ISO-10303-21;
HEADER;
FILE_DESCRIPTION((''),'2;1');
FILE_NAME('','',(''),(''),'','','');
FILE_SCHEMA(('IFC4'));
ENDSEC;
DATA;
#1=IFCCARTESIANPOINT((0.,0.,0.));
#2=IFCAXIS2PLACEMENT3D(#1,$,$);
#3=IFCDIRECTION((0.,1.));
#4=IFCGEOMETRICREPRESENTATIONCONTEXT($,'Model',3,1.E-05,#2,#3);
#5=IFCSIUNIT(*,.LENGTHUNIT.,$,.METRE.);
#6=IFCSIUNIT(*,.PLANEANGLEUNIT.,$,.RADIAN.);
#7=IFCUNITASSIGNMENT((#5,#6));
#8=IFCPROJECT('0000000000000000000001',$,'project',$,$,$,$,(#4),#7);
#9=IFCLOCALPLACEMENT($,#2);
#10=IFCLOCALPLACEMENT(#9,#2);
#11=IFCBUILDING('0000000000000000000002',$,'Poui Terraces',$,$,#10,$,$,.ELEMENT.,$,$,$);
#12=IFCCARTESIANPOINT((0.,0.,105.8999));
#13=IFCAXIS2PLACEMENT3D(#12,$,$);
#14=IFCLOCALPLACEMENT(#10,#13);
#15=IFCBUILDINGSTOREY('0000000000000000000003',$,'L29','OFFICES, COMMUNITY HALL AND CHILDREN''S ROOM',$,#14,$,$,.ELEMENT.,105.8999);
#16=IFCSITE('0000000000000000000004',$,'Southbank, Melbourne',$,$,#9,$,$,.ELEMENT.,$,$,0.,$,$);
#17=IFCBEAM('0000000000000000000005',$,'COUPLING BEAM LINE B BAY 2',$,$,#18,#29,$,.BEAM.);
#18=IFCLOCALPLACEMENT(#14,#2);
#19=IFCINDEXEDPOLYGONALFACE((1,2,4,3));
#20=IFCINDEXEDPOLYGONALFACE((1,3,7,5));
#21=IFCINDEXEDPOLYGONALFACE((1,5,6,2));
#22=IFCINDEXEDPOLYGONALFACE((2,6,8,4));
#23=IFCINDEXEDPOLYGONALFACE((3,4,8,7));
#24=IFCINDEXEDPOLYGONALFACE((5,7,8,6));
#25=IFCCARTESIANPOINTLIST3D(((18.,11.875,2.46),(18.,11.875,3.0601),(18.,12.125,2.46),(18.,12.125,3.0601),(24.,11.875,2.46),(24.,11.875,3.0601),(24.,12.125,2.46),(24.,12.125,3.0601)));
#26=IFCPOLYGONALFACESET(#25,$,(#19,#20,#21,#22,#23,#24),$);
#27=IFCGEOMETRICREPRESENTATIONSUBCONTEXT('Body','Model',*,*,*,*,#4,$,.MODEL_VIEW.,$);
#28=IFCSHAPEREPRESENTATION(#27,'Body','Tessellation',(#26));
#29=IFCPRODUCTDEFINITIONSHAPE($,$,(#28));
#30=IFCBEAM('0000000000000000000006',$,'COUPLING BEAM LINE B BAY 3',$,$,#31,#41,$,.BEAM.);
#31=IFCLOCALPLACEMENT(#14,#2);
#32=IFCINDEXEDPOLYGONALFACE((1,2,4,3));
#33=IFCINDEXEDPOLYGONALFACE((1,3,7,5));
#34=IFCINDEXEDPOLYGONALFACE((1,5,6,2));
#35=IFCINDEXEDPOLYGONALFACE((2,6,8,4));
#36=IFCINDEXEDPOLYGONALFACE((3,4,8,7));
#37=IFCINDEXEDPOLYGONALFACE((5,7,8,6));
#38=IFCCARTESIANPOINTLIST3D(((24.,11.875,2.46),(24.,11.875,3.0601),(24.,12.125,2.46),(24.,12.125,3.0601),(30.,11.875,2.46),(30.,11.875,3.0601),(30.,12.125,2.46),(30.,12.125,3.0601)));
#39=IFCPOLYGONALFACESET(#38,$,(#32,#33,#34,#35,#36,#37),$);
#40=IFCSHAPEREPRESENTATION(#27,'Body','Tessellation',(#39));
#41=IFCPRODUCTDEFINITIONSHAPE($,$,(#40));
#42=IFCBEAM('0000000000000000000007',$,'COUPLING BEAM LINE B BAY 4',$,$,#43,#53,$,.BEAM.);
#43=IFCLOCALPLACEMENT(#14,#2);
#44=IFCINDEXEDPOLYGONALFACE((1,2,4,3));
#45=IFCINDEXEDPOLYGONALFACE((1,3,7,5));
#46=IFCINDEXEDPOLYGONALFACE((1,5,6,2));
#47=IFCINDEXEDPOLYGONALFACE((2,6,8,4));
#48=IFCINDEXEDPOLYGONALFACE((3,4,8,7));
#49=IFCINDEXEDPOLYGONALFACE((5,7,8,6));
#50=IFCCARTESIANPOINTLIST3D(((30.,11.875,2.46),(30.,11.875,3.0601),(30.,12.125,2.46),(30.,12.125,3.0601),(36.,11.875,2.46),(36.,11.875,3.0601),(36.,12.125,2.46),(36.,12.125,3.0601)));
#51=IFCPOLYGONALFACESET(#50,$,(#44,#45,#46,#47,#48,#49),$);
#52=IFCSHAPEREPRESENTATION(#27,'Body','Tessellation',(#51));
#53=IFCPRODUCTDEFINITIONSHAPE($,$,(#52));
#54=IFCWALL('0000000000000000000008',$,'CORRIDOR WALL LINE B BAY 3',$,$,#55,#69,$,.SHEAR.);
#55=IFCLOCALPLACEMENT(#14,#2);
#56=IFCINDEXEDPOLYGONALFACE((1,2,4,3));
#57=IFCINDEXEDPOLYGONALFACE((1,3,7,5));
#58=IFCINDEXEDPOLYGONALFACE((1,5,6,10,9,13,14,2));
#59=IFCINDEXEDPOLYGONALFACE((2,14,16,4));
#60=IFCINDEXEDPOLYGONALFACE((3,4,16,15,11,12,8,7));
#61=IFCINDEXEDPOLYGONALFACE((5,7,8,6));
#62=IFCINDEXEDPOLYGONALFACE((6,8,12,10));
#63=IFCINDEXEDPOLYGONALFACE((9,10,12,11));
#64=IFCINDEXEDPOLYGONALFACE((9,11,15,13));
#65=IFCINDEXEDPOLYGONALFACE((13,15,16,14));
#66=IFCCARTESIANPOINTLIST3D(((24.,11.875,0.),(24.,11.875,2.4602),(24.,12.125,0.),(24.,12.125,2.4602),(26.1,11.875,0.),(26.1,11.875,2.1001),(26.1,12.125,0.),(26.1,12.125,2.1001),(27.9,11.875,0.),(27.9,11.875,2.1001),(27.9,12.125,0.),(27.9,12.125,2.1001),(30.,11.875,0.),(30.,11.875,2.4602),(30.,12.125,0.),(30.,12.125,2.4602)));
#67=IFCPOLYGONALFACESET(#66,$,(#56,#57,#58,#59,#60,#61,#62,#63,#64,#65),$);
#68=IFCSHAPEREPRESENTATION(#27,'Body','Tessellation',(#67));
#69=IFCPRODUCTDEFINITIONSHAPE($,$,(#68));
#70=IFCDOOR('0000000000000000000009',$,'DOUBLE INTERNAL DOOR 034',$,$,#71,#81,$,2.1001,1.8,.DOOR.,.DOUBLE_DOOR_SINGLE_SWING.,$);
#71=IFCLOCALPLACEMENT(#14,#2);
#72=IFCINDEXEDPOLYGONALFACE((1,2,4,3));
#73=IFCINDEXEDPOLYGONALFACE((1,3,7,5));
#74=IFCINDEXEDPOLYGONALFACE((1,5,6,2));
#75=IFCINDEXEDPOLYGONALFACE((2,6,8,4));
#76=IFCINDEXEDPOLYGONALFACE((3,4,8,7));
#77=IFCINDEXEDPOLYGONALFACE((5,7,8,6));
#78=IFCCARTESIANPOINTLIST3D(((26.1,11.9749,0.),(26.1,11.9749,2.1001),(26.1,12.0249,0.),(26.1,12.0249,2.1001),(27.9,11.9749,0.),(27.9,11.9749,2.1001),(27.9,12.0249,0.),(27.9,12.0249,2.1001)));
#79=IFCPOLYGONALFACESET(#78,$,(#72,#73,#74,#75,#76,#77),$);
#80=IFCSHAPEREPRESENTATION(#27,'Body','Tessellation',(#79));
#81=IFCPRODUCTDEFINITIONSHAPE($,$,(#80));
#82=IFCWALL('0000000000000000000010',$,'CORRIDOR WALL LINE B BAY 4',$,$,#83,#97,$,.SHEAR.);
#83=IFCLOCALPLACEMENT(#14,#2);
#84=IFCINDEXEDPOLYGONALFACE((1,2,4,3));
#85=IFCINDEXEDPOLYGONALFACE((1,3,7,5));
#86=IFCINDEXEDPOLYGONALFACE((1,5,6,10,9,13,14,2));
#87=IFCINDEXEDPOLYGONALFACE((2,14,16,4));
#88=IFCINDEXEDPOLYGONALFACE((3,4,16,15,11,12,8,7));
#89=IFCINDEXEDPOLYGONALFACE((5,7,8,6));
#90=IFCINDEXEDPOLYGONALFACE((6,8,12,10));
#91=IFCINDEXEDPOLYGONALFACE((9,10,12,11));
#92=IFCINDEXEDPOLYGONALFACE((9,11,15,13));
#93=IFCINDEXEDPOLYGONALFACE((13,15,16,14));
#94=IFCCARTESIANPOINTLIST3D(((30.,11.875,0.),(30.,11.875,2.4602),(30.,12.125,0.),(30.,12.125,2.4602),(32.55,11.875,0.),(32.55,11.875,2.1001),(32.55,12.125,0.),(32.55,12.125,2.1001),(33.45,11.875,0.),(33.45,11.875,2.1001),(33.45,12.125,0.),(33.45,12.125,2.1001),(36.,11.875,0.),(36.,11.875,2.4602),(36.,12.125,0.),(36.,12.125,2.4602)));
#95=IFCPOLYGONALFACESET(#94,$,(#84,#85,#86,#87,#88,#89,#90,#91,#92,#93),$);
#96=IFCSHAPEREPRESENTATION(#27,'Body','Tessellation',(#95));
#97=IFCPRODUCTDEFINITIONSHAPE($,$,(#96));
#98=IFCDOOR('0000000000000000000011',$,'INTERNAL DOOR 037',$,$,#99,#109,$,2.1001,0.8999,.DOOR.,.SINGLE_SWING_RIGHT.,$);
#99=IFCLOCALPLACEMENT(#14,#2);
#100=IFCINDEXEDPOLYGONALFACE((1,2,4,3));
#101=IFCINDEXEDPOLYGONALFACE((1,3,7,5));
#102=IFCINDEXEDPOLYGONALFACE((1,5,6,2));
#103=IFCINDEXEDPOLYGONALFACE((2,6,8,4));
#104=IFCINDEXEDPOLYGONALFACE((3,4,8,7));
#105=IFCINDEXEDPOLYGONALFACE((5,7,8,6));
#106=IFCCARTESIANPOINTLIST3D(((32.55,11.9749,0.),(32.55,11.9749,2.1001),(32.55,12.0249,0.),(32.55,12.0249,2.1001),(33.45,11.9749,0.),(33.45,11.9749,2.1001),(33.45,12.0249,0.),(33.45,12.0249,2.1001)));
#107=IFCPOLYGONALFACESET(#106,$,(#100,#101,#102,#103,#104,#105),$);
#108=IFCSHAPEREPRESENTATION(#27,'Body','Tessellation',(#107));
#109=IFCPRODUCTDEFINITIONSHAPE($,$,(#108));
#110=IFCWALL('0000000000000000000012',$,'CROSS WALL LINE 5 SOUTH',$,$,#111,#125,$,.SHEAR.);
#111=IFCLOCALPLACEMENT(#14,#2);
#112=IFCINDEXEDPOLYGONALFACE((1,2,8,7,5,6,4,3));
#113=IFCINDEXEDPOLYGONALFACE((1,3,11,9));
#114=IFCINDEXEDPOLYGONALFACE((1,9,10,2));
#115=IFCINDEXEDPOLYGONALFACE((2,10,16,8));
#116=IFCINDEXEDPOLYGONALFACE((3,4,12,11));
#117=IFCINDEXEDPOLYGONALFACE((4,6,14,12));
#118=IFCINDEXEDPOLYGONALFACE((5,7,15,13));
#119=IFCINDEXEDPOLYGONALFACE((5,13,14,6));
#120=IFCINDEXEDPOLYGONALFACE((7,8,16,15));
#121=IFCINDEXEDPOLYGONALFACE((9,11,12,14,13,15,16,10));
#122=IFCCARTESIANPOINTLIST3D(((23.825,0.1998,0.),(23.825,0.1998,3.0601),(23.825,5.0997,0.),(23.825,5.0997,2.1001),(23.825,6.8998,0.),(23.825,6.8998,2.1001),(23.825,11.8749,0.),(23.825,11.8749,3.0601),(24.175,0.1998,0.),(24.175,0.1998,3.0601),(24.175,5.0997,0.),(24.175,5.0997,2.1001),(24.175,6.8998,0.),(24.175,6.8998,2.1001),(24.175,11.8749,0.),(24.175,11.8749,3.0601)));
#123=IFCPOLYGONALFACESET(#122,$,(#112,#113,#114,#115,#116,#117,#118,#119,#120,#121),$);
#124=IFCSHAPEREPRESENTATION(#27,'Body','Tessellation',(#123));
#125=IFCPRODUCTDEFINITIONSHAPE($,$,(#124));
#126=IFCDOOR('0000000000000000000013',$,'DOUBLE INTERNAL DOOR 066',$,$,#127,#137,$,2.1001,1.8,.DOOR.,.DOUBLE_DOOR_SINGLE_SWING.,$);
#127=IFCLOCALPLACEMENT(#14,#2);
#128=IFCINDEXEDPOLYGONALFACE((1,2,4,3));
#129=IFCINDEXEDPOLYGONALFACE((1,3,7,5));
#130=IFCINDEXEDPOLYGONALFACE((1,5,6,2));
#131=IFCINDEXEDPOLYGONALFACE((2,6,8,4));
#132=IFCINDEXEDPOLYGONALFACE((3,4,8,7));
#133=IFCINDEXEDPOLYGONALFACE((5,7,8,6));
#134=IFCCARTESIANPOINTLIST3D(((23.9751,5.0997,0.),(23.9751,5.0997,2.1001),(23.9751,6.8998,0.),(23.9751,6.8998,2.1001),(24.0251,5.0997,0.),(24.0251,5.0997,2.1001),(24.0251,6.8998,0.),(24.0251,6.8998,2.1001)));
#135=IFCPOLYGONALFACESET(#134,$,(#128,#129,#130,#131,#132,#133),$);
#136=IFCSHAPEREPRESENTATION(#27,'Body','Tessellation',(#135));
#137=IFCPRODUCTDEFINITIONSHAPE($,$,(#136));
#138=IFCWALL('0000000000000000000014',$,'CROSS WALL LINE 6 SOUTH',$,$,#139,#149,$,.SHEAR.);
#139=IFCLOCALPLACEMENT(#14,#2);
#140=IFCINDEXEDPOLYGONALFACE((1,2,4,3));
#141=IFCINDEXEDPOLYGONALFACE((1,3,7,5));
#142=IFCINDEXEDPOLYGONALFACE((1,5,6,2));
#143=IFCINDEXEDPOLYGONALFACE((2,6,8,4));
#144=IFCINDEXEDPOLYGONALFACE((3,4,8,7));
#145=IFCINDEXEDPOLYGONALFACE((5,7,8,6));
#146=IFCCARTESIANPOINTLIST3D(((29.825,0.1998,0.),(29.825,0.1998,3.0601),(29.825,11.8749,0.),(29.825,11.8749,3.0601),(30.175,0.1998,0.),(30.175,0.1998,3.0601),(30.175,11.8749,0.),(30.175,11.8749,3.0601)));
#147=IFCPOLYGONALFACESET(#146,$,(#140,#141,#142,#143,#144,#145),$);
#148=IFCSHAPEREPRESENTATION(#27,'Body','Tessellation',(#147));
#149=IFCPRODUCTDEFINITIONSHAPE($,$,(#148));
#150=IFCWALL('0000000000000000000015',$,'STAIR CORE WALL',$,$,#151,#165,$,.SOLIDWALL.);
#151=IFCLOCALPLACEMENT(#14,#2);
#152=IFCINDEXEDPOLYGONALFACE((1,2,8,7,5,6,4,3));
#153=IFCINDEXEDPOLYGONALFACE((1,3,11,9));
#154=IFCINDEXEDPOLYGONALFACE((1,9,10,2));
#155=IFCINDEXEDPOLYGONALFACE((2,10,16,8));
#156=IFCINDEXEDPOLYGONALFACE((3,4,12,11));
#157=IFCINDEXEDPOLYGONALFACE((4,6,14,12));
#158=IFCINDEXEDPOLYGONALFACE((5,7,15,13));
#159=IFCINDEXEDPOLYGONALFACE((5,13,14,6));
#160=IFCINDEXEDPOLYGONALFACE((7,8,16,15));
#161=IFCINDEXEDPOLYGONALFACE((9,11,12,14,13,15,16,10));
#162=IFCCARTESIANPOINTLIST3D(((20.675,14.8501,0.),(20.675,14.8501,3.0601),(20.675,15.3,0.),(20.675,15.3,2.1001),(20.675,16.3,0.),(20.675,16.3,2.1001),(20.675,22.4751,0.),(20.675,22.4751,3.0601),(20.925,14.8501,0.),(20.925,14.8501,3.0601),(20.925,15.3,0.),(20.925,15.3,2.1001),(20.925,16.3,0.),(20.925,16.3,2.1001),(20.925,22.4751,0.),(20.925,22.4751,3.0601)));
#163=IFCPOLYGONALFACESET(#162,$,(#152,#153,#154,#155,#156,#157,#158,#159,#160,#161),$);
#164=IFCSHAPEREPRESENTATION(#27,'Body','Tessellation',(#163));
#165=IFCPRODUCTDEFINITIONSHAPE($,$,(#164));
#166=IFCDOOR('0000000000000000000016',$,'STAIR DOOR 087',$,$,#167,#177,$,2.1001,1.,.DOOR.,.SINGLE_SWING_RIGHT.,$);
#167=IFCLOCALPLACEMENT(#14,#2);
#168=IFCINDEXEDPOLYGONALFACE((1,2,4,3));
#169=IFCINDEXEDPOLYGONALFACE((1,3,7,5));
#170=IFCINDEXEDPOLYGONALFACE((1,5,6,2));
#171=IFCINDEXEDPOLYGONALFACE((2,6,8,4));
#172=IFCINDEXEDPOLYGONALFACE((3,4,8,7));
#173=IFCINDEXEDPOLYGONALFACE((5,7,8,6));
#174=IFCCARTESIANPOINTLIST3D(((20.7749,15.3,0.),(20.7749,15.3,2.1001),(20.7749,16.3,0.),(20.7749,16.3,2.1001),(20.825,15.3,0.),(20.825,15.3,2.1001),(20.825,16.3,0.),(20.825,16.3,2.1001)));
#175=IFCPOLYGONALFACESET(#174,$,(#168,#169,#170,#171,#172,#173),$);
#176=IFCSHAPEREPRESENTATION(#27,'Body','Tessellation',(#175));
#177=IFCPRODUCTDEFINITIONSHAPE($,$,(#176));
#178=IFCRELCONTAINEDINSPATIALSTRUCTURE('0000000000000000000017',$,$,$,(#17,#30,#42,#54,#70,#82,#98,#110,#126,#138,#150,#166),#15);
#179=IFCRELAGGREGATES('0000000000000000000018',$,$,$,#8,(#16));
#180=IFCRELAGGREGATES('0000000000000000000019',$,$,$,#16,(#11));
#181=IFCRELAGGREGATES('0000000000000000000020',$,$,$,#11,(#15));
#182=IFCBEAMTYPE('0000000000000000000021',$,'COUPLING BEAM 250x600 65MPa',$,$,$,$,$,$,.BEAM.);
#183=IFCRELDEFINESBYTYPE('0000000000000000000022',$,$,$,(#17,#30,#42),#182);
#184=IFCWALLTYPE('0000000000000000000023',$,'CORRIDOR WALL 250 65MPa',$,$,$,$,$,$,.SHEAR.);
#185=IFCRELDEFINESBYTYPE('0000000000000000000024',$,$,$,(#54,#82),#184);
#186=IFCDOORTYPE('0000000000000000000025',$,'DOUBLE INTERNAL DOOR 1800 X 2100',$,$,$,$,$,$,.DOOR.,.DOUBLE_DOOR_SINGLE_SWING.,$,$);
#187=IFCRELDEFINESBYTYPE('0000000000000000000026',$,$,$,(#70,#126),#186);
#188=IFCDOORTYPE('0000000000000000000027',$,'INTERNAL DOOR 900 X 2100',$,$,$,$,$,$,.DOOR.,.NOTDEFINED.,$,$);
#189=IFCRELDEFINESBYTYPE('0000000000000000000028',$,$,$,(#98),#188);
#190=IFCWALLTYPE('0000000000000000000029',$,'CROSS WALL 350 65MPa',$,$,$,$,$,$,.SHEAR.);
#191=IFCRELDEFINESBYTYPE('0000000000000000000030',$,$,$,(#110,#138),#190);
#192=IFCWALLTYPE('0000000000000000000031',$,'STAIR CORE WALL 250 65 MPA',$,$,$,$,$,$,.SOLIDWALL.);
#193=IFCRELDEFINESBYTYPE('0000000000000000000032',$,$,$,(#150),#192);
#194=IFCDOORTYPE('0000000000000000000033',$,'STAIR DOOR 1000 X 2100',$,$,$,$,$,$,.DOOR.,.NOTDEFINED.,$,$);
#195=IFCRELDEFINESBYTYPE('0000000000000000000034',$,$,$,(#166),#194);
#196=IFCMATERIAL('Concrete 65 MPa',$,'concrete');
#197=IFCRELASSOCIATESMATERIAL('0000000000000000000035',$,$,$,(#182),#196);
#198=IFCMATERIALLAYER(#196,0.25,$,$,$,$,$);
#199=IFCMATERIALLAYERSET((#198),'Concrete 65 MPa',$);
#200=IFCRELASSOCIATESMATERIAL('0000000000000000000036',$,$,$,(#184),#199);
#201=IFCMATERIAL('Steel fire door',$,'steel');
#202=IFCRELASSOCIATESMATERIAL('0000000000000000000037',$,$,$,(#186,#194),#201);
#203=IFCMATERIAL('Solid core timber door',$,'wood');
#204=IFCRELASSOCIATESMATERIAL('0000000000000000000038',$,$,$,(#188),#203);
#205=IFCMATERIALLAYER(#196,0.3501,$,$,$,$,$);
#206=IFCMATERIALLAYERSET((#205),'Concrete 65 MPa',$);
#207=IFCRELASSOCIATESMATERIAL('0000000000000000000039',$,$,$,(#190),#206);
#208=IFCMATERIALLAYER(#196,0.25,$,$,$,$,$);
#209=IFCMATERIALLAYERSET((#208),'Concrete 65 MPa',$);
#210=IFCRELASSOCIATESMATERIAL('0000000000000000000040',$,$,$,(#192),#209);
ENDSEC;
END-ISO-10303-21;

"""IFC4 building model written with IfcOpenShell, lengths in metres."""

from ifc_helpers import new_model, si_unit, direction, frame, frame_2d, origin, origin_2d, place, context, subcontext, project, spatial, rectangle, extrude, source, transform, mapped, material, layer, layer_set, material_profile, profile_set, type_object, element, fill, save


model = new_model("IFC4")

# Units and contexts
model_context = context("Model", 3, precision=1e-05, world=origin(), true_north=direction((0.0, 1.0)))
body_context = subcontext(model_context, "Body", "Model", "MODEL_VIEW")
ifc_project = project(units=[si_unit("LENGTHUNIT", "METRE"), si_unit("PLANEANGLEUNIT", "RADIAN")], contexts=[model_context])

# Site, building, storey
site_placement = place(None, origin())
site = spatial("IfcSite", under=ifc_project, at=site_placement, Name="Southbank, Melbourne", CompositionType="ELEMENT", RefElevation=0.0)
building_placement = place(site_placement, origin())
building = spatial("IfcBuilding", under=site, at=building_placement, Name="Poui Terraces", CompositionType="ELEMENT")
storey_placement = place(building_placement, frame((0.0, 0.0, 105.8999)))
storey = spatial("IfcBuildingStorey", under=building, at=storey_placement, Name="L29", Description="OFFICES, COMMUNITY HALL AND CHILDREN'S ROOM", CompositionType="ELEMENT", Elevation=105.8999)

# Beams
ifc_material_1 = material(Name="Concrete 65 MPa", Category="concrete")
ifc_material_profile = material_profile(ifc_material_1, rectangle(XDim=0.25, YDim=0.6001, at=origin_2d()), Name="RC 250x600")
ifc_profile_set = profile_set([ifc_material_profile], Name="Concrete 65 MPa")
beam_type = type_object("IfcBeamType", Name="COUPLING BEAM 250x600 65MPa", PredefinedType="BEAM", material=ifc_profile_set)
shared_shape = source(origin(), body_context, "Body", "SweptSolid", [
    extrude(rectangle(XDim=0.25, YDim=0.6001, at=origin_2d()), origin(), (0.0, 0.0, 1.0), 6.0),
])
for number, where, z_axis, x_axis, name in (
    (1, (18.0, 12.0, 2.76), (1.0, 0.0, 0.0), (0.0, 1.0, 0.0), "COUPLING BEAM LINE B BAY 2"),
    (2, (24.0, 12.0, 2.76), (1.0, 0.0, 0.0), (0.0, 1.0, 0.0), "COUPLING BEAM LINE B BAY 3"),
    (3, (30.0, 12.0, 2.76), (1.0, 0.0, 0.0), (0.0, 1.0, 0.0), "COUPLING BEAM LINE B BAY 4"),
):
    element("IfcBeam", number, at=place(storey_placement, frame(where, z_axis=z_axis, x_axis=x_axis)), inside=storey, type_object=beam_type, Name=name, PredefinedType="BEAM", context=body_context, shape_type="MappedRepresentation", body=[
        mapped(shared_shape, transform((0.0, 0.0, 0.0))),
    ])

# Walls, openings, doors
ifc_layer_1 = layer(ifc_material_1, 0.25)
ifc_layer_set_1 = layer_set([ifc_layer_1], Name="Concrete 65 MPa")
wall_type_1 = type_object("IfcWallType", Name="CORRIDOR WALL 250 65MPa", PredefinedType="SHEAR", material=ifc_layer_set_1)
wall_1_placement = place(storey_placement, frame((24.0, 12.0, 0.0), z_axis=(0.0, 0.0, 1.0), x_axis=(1.0, 0.0, 0.0)))
wall_1 = element("IfcWall", 4, at=wall_1_placement, inside=storey, type_object=wall_type_1, Name="CORRIDOR WALL LINE B BAY 3", PredefinedType="SHEAR", context=body_context, shape_type="SweptSolid", body=[
    extrude(rectangle(XDim=6.0, YDim=0.25, at=frame_2d((3.0, 0.0))), origin(), (0.0, 0.0, 1.0), 2.4602),
])
opening_1_placement = place(wall_1_placement, frame((2.1001, 0.0, 0.0)))
opening_1 = element("IfcOpeningElement", 5, at=opening_1_placement, cuts=wall_1, PredefinedType="OPENING", context=body_context, shape_type="SweptSolid", body=[
    extrude(rectangle(XDim=1.8, YDim=2.1001, at=frame_2d((0.8999, 1.05))), frame((0.0, 0.135, 0.0), z_axis=(0.0, -1.0, 0.0), x_axis=(1.0, 0.0, 0.0)), (0.0, 0.0, 1.0), 0.27),
])
ifc_material_2 = material(Name="Steel fire door", Category="steel")
door_type_1 = type_object("IfcDoorType", Name="DOUBLE INTERNAL DOOR 1800 X 2100", OperationType="DOUBLE_DOOR_SINGLE_SWING", PredefinedType="DOOR", material=ifc_material_2)
door_1_placement = place(opening_1_placement, origin())
door_1 = element("IfcDoor", 6, at=door_1_placement, inside=storey, type_object=door_type_1, Name="DOUBLE INTERNAL DOOR 034", OperationType="DOUBLE_DOOR_SINGLE_SWING", OverallHeight=2.1001, OverallWidth=1.8, PredefinedType="DOOR", context=body_context, shape_type="SweptSolid", body=[
    extrude(rectangle(XDim=1.8, YDim=2.1001, at=frame_2d((0.8999, 1.05))), frame((0.0, 0.0249, 0.0), z_axis=(0.0, -1.0, 0.0), x_axis=(1.0, 0.0, 0.0)), (0.0, 0.0, 1.0), 0.05),
])
fill(opening_1, door_1)
wall_2_placement = place(storey_placement, frame((30.0, 12.0, 0.0), z_axis=(0.0, 0.0, 1.0), x_axis=(1.0, 0.0, 0.0)))
wall_2 = element("IfcWall", 7, at=wall_2_placement, inside=storey, type_object=wall_type_1, Name="CORRIDOR WALL LINE B BAY 4", PredefinedType="SHEAR", context=body_context, shape_type="SweptSolid", body=[
    extrude(rectangle(XDim=6.0, YDim=0.25, at=frame_2d((3.0, 0.0))), origin(), (0.0, 0.0, 1.0), 2.4602),
])
opening_2_placement = place(wall_2_placement, frame((2.55, 0.0, 0.0)))
opening_2 = element("IfcOpeningElement", 8, at=opening_2_placement, cuts=wall_2, PredefinedType="OPENING", context=body_context, shape_type="SweptSolid", body=[
    extrude(rectangle(XDim=0.8999, YDim=2.1001, at=frame_2d((0.45, 1.05))), frame((0.0, 0.135, 0.0), z_axis=(0.0, -1.0, 0.0), x_axis=(1.0, 0.0, 0.0)), (0.0, 0.0, 1.0), 0.27),
])
ifc_material_3 = material(Name="Solid core timber door", Category="wood")
door_type_2 = type_object("IfcDoorType", Name="INTERNAL DOOR 900 X 2100", OperationType="NOTDEFINED", PredefinedType="DOOR", material=ifc_material_3)
door_2_placement = place(opening_2_placement, origin())
door_2 = element("IfcDoor", 9, at=door_2_placement, inside=storey, type_object=door_type_2, Name="INTERNAL DOOR 037", OperationType="SINGLE_SWING_RIGHT", OverallHeight=2.1001, OverallWidth=0.8999, PredefinedType="DOOR", context=body_context, shape_type="SweptSolid", body=[
    extrude(rectangle(XDim=0.8999, YDim=2.1001, at=frame_2d((0.45, 1.05))), frame((0.0, 0.0249, 0.0), z_axis=(0.0, -1.0, 0.0), x_axis=(1.0, 0.0, 0.0)), (0.0, 0.0, 1.0), 0.05),
])
fill(opening_2, door_2)
ifc_layer_2 = layer(ifc_material_1, 0.3501)
ifc_layer_set_2 = layer_set([ifc_layer_2], Name="Concrete 65 MPa")
wall_type_2 = type_object("IfcWallType", Name="CROSS WALL 350 65MPa", PredefinedType="SHEAR", material=ifc_layer_set_2)
wall_3_placement = place(storey_placement, frame((24.0, 0.2, 0.0), z_axis=(0.0, 0.0, 1.0), x_axis=(0.0, 1.0, 0.0)))
wall_3 = element("IfcWall", 10, at=wall_3_placement, inside=storey, type_object=wall_type_2, Name="CROSS WALL LINE 5 SOUTH", PredefinedType="SHEAR", context=body_context, shape_type="SweptSolid", body=[
    extrude(rectangle(XDim=11.675, YDim=0.3501, at=frame_2d((5.8374, 0.0))), origin(), (0.0, 0.0, 1.0), 3.0601),
])
opening_3_placement = place(wall_3_placement, frame((4.8999, 0.0, 0.0)))
opening_3 = element("IfcOpeningElement", 11, at=opening_3_placement, cuts=wall_3, PredefinedType="OPENING", context=body_context, shape_type="SweptSolid", body=[
    extrude(rectangle(XDim=1.8, YDim=2.1001, at=frame_2d((0.8999, 1.05))), frame((0.0, 0.1851, 0.0), z_axis=(0.0, -1.0, 0.0), x_axis=(1.0, 0.0, 0.0)), (0.0, 0.0, 1.0), 0.3701),
])
door_3_placement = place(opening_3_placement, origin())
door_3 = element("IfcDoor", 12, at=door_3_placement, inside=storey, type_object=door_type_1, Name="DOUBLE INTERNAL DOOR 066", OperationType="DOUBLE_DOOR_SINGLE_SWING", OverallHeight=2.1001, OverallWidth=1.8, PredefinedType="DOOR", context=body_context, shape_type="SweptSolid", body=[
    extrude(rectangle(XDim=1.8, YDim=2.1001, at=frame_2d((0.8999, 1.05))), frame((0.0, 0.0249, 0.0), z_axis=(0.0, -1.0, 0.0), x_axis=(1.0, 0.0, 0.0)), (0.0, 0.0, 1.0), 0.05),
])
fill(opening_3, door_3)

# Wall
wall_4_placement = place(storey_placement, frame((30.0, 0.2, 0.0), z_axis=(0.0, 0.0, 1.0), x_axis=(0.0, 1.0, 0.0)))
element("IfcWall", 13, at=wall_4_placement, inside=storey, type_object=wall_type_2, Name="CROSS WALL LINE 6 SOUTH", PredefinedType="SHEAR", context=body_context, shape_type="SweptSolid", body=[
    extrude(rectangle(XDim=11.675, YDim=0.3501, at=frame_2d((5.8374, 0.0))), origin(), (0.0, 0.0, 1.0), 3.0601),
])

# Wall, opening, door
ifc_layer_3 = layer(ifc_material_1, 0.25)
ifc_layer_set_3 = layer_set([ifc_layer_3], Name="Concrete 65 MPa")
wall_type_3 = type_object("IfcWallType", Name="STAIR CORE WALL 250 65 MPA", PredefinedType="SOLIDWALL", material=ifc_layer_set_3)
wall_5_placement = place(storey_placement, frame((20.8, 14.8501, 0.0), z_axis=(0.0, 0.0, 1.0), x_axis=(0.0, 1.0, 0.0)))
wall_5 = element("IfcWall", 14, at=wall_5_placement, inside=storey, type_object=wall_type_3, Name="STAIR CORE WALL", PredefinedType="SOLIDWALL", context=body_context, shape_type="SweptSolid", body=[
    extrude(rectangle(XDim=7.625, YDim=0.25, at=frame_2d((3.8125, 0.0))), origin(), (0.0, 0.0, 1.0), 3.0601),
])
opening_4_placement = place(wall_5_placement, frame((0.45, 0.0, 0.0)))
opening_4 = element("IfcOpeningElement", 15, at=opening_4_placement, cuts=wall_5, PredefinedType="OPENING", context=body_context, shape_type="SweptSolid", body=[
    extrude(rectangle(XDim=1.0, YDim=2.1001, at=frame_2d((0.5, 1.05))), frame((0.0, 0.135, 0.0), z_axis=(0.0, -1.0, 0.0), x_axis=(1.0, 0.0, 0.0)), (0.0, 0.0, 1.0), 0.27),
])
door_type_3 = type_object("IfcDoorType", Name="STAIR DOOR 1000 X 2100", OperationType="NOTDEFINED", PredefinedType="DOOR", material=ifc_material_2)
door_4_placement = place(opening_4_placement, frame((1.0, 0.0, 0.0), z_axis=(0.0, 0.0, 1.0), x_axis=(-1.0, 0.0, 0.0)))
door_4 = element("IfcDoor", 16, at=door_4_placement, inside=storey, type_object=door_type_3, Name="STAIR DOOR 087", OperationType="SINGLE_SWING_RIGHT", OverallHeight=2.1001, OverallWidth=1.0, PredefinedType="DOOR", context=body_context, shape_type="SweptSolid", body=[
    extrude(rectangle(XDim=1.0, YDim=2.1001, at=frame_2d((0.5, 1.05))), frame((0.0, 0.0249, 0.0), z_axis=(0.0, -1.0, 0.0), x_axis=(1.0, 0.0, 0.0)), (0.0, 0.0, 1.0), 0.05),
])
fill(opening_4, door_4)

save(model, "model.ifc")
